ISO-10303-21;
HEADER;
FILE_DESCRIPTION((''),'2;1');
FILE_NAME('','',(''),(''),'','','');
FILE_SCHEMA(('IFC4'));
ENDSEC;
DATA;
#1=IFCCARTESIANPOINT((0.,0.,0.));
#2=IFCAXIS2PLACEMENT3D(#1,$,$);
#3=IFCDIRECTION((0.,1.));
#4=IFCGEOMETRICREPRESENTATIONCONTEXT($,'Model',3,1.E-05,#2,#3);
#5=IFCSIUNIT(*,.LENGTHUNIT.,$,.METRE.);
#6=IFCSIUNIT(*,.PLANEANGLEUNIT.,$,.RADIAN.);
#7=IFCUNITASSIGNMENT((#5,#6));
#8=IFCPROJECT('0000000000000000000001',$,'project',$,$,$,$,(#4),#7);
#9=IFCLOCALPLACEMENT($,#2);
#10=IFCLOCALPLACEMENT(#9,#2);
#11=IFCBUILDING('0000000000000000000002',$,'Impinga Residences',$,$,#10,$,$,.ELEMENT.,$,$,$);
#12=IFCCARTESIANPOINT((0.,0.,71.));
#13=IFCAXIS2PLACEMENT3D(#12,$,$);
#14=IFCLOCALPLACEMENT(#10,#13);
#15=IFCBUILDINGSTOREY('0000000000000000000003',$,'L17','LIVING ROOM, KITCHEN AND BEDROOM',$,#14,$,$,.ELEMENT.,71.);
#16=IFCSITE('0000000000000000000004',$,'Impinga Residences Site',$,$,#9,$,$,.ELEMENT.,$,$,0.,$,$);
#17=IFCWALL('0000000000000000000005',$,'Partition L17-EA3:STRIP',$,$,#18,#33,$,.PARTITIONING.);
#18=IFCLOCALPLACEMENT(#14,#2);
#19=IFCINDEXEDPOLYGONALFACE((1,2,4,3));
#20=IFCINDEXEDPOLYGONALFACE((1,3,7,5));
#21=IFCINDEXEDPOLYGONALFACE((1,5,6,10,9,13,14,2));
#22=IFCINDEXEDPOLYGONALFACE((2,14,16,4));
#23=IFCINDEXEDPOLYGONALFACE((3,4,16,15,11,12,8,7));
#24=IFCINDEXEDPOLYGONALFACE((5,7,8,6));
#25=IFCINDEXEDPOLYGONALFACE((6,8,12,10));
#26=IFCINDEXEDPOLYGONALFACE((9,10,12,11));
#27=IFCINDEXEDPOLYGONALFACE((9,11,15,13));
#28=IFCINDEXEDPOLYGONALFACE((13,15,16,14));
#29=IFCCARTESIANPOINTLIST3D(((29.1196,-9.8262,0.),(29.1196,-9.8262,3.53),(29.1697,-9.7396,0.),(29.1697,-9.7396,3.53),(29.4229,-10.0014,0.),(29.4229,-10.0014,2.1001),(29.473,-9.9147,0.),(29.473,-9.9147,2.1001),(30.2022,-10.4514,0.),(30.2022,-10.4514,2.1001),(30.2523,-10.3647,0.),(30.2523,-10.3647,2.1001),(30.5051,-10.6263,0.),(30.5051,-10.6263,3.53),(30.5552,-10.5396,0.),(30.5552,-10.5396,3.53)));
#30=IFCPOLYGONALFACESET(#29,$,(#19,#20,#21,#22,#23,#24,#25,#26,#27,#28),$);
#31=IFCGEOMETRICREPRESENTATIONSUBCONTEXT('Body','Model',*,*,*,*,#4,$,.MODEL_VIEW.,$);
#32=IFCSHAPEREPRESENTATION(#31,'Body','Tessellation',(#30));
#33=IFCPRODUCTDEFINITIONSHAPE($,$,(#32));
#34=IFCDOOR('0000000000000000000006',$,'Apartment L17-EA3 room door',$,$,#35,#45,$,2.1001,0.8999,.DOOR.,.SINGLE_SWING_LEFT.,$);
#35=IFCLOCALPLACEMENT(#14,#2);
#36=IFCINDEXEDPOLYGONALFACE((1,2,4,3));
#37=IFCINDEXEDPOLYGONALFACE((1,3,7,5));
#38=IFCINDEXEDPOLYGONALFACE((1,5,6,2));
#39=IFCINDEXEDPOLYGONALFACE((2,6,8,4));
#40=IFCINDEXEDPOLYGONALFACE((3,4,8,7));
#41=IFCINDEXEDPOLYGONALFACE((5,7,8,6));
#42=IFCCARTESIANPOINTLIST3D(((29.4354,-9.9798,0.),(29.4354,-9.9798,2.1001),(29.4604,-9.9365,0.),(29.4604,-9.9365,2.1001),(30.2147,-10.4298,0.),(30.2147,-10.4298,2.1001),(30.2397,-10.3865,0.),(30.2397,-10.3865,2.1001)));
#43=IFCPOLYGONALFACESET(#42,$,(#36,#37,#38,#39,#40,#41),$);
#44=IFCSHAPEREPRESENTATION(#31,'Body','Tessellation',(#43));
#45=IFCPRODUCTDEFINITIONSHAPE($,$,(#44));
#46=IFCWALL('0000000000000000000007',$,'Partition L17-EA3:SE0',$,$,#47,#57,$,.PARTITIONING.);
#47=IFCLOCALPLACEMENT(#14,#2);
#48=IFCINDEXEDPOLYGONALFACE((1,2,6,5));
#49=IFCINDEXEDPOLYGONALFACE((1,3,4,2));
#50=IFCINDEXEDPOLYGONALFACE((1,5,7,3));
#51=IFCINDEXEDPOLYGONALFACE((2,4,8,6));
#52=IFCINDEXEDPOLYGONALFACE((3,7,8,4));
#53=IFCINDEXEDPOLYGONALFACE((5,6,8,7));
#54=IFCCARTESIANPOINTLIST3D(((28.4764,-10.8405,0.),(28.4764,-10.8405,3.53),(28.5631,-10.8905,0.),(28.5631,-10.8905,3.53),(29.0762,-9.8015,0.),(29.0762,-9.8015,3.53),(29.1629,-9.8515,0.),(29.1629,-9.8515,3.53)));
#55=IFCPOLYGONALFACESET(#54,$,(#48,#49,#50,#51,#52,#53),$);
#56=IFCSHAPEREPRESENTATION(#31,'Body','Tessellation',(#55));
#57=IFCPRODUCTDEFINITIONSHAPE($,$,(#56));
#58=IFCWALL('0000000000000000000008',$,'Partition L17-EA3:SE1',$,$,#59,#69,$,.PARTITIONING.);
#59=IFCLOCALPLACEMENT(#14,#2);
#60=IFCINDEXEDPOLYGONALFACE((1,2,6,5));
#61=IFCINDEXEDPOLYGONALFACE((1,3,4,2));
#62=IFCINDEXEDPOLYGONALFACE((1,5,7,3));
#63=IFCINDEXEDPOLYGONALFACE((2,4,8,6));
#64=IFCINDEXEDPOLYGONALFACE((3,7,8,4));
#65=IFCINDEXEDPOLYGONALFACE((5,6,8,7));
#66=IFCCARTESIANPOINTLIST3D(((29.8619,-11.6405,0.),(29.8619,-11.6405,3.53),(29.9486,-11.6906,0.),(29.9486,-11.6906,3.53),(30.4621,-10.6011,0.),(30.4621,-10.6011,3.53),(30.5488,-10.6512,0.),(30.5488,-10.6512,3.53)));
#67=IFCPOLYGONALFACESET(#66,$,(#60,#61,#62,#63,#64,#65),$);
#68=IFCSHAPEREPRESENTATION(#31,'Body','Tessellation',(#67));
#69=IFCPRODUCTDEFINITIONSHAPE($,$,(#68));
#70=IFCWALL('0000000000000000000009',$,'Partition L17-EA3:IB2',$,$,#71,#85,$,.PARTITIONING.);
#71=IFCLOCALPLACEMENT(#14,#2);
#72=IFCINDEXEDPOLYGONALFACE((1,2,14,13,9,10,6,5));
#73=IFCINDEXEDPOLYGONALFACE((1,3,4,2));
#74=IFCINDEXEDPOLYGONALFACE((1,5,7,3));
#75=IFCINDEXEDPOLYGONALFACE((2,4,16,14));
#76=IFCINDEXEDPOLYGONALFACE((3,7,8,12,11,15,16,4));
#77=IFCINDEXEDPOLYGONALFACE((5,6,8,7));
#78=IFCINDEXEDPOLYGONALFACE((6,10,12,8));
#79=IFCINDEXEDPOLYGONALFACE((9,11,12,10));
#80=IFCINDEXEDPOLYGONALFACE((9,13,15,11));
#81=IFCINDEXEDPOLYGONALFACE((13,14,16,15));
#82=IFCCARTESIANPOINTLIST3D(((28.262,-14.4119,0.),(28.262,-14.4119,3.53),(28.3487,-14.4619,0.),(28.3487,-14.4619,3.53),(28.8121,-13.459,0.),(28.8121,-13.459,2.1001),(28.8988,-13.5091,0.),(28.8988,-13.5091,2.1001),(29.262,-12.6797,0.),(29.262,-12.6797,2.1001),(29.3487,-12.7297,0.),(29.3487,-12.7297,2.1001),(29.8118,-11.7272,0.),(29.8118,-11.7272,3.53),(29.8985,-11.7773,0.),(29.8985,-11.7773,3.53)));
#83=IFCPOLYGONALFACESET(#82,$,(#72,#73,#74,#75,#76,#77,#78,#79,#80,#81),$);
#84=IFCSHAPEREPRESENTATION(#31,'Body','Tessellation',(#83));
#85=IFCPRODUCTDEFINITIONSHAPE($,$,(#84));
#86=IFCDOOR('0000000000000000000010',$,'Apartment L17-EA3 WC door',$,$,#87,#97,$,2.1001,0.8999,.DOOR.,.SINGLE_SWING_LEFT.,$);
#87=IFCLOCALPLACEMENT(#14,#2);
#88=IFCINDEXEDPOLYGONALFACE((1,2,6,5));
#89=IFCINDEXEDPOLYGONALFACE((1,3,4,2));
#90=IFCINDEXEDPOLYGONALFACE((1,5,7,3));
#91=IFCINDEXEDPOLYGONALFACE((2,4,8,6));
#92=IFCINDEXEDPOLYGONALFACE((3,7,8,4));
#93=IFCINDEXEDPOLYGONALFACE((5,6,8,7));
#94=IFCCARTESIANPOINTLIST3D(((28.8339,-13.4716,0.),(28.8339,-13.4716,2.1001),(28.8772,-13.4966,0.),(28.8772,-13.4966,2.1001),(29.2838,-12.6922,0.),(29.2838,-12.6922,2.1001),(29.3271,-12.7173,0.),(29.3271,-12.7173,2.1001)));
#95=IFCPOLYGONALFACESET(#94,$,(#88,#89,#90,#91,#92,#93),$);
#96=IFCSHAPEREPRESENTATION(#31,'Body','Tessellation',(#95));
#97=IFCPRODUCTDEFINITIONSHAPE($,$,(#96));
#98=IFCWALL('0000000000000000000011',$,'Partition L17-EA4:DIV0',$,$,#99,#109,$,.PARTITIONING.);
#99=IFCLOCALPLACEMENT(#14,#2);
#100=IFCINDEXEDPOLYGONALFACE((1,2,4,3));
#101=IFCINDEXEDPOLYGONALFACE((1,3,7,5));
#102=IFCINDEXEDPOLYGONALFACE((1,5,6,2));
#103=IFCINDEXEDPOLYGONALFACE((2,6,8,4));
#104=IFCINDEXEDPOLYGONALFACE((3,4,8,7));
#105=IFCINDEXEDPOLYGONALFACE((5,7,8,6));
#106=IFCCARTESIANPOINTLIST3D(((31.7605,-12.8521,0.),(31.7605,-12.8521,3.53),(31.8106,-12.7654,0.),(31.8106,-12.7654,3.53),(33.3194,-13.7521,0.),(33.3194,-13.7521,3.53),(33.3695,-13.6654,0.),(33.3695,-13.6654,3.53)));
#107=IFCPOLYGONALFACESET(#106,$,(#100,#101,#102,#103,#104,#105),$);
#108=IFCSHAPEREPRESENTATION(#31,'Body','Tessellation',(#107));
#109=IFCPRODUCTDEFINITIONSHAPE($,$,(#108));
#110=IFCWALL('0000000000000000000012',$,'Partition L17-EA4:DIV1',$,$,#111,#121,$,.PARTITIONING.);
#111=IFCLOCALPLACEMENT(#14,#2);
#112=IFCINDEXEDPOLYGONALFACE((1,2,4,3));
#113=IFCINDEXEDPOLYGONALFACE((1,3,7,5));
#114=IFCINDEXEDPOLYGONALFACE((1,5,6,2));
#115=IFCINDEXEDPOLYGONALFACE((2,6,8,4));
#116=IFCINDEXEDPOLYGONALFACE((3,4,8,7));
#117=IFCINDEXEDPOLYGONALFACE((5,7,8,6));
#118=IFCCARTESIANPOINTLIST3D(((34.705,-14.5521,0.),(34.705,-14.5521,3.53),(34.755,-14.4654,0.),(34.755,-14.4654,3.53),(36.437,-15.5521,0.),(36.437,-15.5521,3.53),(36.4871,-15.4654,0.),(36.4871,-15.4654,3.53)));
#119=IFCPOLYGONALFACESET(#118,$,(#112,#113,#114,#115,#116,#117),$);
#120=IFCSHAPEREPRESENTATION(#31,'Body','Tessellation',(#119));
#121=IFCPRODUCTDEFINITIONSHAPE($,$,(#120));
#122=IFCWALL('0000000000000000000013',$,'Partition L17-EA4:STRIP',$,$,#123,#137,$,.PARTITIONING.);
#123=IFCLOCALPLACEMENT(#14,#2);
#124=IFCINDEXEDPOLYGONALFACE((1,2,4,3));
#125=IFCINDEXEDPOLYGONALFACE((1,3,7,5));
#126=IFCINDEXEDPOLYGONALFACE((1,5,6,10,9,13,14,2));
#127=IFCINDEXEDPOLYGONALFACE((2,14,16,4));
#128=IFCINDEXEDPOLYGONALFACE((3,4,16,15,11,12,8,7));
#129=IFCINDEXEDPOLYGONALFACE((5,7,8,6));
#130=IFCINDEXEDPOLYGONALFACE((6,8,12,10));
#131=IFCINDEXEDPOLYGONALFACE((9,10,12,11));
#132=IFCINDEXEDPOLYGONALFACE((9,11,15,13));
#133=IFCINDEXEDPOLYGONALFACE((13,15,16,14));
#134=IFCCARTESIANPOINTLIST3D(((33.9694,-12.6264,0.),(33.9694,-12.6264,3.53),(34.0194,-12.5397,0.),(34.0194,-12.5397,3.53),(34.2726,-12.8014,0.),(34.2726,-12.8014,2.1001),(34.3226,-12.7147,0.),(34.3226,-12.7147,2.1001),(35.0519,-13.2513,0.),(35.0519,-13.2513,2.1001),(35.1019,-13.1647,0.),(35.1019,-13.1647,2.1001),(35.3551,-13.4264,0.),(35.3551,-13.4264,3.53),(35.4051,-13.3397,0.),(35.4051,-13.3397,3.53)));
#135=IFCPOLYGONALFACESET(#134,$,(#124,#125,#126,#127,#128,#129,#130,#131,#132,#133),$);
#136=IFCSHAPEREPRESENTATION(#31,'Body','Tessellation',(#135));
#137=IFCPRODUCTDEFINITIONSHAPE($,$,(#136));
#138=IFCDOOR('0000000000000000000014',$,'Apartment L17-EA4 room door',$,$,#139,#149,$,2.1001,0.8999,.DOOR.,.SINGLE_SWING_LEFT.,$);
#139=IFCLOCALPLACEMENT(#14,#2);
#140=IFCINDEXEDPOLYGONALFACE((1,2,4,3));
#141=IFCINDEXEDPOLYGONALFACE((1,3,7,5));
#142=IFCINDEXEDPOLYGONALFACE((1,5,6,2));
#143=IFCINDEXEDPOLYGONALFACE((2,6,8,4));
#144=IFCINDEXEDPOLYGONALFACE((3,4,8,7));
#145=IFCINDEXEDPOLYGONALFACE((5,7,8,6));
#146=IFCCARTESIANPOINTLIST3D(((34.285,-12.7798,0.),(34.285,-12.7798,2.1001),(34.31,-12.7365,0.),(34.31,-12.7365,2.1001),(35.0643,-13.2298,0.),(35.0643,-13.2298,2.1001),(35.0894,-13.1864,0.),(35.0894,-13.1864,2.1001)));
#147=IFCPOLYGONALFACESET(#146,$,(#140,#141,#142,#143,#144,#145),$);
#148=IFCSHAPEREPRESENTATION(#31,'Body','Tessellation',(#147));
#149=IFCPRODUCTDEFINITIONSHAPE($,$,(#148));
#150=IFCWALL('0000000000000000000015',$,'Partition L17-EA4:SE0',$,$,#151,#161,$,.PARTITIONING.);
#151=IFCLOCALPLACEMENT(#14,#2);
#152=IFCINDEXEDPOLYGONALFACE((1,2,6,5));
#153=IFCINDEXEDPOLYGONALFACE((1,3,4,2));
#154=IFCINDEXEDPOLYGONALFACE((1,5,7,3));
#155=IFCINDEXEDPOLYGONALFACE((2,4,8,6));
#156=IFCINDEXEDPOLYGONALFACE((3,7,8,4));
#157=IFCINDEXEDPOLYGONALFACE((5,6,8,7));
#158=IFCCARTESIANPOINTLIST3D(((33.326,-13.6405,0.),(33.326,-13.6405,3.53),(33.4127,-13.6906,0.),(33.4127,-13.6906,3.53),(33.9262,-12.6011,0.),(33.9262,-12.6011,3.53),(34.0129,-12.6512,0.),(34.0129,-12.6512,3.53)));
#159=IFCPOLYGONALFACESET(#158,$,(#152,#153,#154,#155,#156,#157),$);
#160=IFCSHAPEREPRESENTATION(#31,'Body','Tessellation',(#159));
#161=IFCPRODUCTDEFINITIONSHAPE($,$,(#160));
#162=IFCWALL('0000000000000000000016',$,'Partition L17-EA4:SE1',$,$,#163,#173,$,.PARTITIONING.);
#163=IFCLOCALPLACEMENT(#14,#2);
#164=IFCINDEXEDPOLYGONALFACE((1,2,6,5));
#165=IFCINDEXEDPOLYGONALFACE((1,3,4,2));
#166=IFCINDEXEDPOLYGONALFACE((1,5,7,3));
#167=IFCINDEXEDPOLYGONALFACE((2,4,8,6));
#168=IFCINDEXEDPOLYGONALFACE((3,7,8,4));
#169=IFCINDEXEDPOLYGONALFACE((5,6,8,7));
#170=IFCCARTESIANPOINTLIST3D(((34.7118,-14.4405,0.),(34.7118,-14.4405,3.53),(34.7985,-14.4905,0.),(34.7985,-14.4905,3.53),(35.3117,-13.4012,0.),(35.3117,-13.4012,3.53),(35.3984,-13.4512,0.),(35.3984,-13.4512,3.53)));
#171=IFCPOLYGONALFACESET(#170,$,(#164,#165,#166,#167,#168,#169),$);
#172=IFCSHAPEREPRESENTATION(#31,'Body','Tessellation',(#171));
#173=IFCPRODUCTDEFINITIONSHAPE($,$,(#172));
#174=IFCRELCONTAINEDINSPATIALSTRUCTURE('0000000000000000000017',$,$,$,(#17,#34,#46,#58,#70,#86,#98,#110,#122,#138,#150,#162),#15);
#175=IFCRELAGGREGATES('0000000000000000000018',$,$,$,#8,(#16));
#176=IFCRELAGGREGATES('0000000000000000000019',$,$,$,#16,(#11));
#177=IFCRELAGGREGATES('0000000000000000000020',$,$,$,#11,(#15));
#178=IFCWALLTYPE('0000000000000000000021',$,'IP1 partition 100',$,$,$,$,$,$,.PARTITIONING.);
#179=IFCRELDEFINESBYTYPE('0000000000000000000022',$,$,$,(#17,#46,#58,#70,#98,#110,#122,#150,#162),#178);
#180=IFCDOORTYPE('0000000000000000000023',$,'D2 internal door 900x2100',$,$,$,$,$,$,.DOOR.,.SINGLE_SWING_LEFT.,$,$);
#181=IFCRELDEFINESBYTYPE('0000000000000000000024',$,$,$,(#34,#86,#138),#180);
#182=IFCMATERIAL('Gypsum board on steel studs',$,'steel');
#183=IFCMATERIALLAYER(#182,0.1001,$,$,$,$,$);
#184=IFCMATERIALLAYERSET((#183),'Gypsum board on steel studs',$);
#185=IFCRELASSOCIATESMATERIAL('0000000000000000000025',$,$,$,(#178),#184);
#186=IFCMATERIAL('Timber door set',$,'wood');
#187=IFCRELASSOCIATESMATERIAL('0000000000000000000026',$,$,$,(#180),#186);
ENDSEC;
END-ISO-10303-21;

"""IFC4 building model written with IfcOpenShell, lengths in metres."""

from ifc_helpers import new_model, si_unit, direction, frame, frame_2d, origin, place, context, subcontext, project, spatial, rectangle, extrude, material, layer, layer_set, type_object, element, fill, save


model = new_model("IFC4")

# Units and contexts
model_context = context("Model", 3, precision=1e-05, world=origin(), true_north=direction((0.0, 1.0)))
body_context = subcontext(model_context, "Body", "Model", "MODEL_VIEW")
ifc_project = project(units=[si_unit("LENGTHUNIT", "METRE"), si_unit("PLANEANGLEUNIT", "RADIAN")], contexts=[model_context])

# Site, building, storey
site_placement = place(None, origin())
site = spatial("IfcSite", under=ifc_project, at=site_placement, Name="Impinga Residences Site", CompositionType="ELEMENT", RefElevation=0.0)
building_placement = place(site_placement, origin())
building = spatial("IfcBuilding", under=site, at=building_placement, Name="Impinga Residences", CompositionType="ELEMENT")
storey_placement = place(building_placement, frame((0.0, 0.0, 71.0)))
storey = spatial("IfcBuildingStorey", under=building, at=storey_placement, Name="L17", Description="LIVING ROOM, KITCHEN AND BEDROOM", CompositionType="ELEMENT", Elevation=71.0)

# Shared definitions
ifc_material_1 = material(Name="Gypsum board on steel studs", Category="steel")
ifc_layer_1 = layer(ifc_material_1, 0.1001)
ifc_layer_set_1 = layer_set([ifc_layer_1], Name="Gypsum board on steel studs")
wall_type_1 = type_object("IfcWallType", Name="IP1 partition 100", PredefinedType="PARTITIONING", material=ifc_layer_set_1)

# Wall, opening, door
wall_1_placement = place(storey_placement, frame((29.1448, -9.783, 0.0), z_axis=(0.0, 0.0, 1.0), x_axis=(0.86599, -0.500061, 0.0)))
wall_1 = element("IfcWall", 1, at=wall_1_placement, inside=storey, type_object=wall_type_1, Name="Partition L17-EA3:STRIP", PredefinedType="PARTITIONING", context=body_context, shape_type="SweptSolid", body=[
    extrude(rectangle(XDim=1.5999, YDim=0.1001, at=frame_2d((0.7998, 0.0))), origin(), (0.0, 0.0, 1.0), 3.53),
])
opening_1_placement = place(wall_1_placement, frame((0.3501, 0.0, 0.0)))
opening_1 = element("IfcOpeningElement", 2, at=opening_1_placement, cuts=wall_1, PredefinedType="OPENING", context=body_context, shape_type="SweptSolid", body=[
    extrude(rectangle(XDim=0.8999, YDim=2.1001, at=frame_2d((0.45, 1.05))), frame((0.0, 0.0601, 0.0), z_axis=(0.0, -1.0, 0.0), x_axis=(1.0, 0.0, 0.0)), (0.0, 0.0, 1.0), 0.1201),
])
ifc_material_2 = material(Name="Timber door set", Category="wood")
door_type = type_object("IfcDoorType", Name="D2 internal door 900x2100", OperationType="SINGLE_SWING_LEFT", PredefinedType="DOOR", material=ifc_material_2)
door_1_placement = place(opening_1_placement, origin())
door_1 = element("IfcDoor", 3, at=door_1_placement, inside=storey, type_object=door_type, Name="Apartment L17-EA3 room door", OperationType="SINGLE_SWING_LEFT", OverallHeight=2.1001, OverallWidth=0.8999, PredefinedType="DOOR", context=body_context, shape_type="SweptSolid", body=[
    extrude(rectangle(XDim=0.8999, YDim=2.1001, at=frame_2d((0.45, 1.05))), frame((0.0, 0.0249, 0.0), z_axis=(0.0, -1.0, 0.0), x_axis=(1.0, 0.0, 0.0)), (0.0, 0.0, 1.0), 0.05),
])
fill(opening_1, door_1)

# Walls
wall_2_placement = place(storey_placement, frame((28.5198, -10.8655, 0.0), z_axis=(0.0, 0.0, 1.0), x_axis=(0.499969, 0.866043, 0.0)))
element("IfcWall", 4, at=wall_2_placement, inside=storey, type_object=wall_type_1, Name="Partition L17-EA3:SE0", PredefinedType="PARTITIONING", context=body_context, shape_type="SweptSolid", body=[
    extrude(rectangle(XDim=1.1997, YDim=0.1001, at=frame_2d((0.5999, 0.0))), origin(), (0.0, 0.0, 1.0), 3.53),
])
wall_3_placement = place(storey_placement, frame((29.9053, -11.6655, 0.0), z_axis=(0.0, 0.0, 1.0), x_axis=(0.500034, 0.866006, 0.0)))
element("IfcWall", 5, at=wall_3_placement, inside=storey, type_object=wall_type_1, Name="Partition L17-EA3:SE1", PredefinedType="PARTITIONING", context=body_context, shape_type="SweptSolid", body=[
    extrude(rectangle(XDim=1.2002, YDim=0.1001, at=frame_2d((0.6001, 0.0))), origin(), (0.0, 0.0, 1.0), 3.53),
])

# Wall, opening, door
wall_4_placement = place(storey_placement, frame((28.3054, -14.4368, 0.0), z_axis=(0.0, 0.0, 1.0), x_axis=(0.499968, 0.866044, 0.0)))
wall_4 = element("IfcWall", 6, at=wall_4_placement, inside=storey, type_object=wall_type_1, Name="Partition L17-EA3:IB2", PredefinedType="PARTITIONING", context=body_context, shape_type="SweptSolid", body=[
    extrude(rectangle(XDim=3.0999, YDim=0.1001, at=frame_2d((1.5498, 0.0))), origin(), (0.0, 0.0, 1.0), 3.53),
])
opening_2_placement = place(wall_4_placement, frame((1.1001, 0.0, 0.0)))
opening_2 = element("IfcOpeningElement", 7, at=opening_2_placement, cuts=wall_4, PredefinedType="OPENING", context=body_context, shape_type="SweptSolid", body=[
    extrude(rectangle(XDim=0.8999, YDim=2.1001, at=frame_2d((0.45, 1.05))), frame((0.0, 0.0601, 0.0), z_axis=(0.0, -1.0, 0.0), x_axis=(1.0, 0.0, 0.0)), (0.0, 0.0, 1.0), 0.1201),
])
door_2_placement = place(opening_2_placement, origin())
door_2 = element("IfcDoor", 8, at=door_2_placement, inside=storey, type_object=door_type, Name="Apartment L17-EA3 WC door", OperationType="SINGLE_SWING_LEFT", OverallHeight=2.1001, OverallWidth=0.8999, PredefinedType="DOOR", context=body_context, shape_type="SweptSolid", body=[
    extrude(rectangle(XDim=0.8999, YDim=2.1001, at=frame_2d((0.45, 1.05))), frame((0.0, 0.0249, 0.0), z_axis=(0.0, -1.0, 0.0), x_axis=(1.0, 0.0, 0.0)), (0.0, 0.0, 1.0), 0.05),
])
fill(opening_2, door_2)

# Walls
wall_5_placement = place(storey_placement, frame((31.7856, -12.8088, 0.0), z_axis=(0.0, 0.0, 1.0), x_axis=(0.866048, -0.499961, 0.0)))
element("IfcWall", 9, at=wall_5_placement, inside=storey, type_object=wall_type_1, Name="Partition L17-EA4:DIV0", PredefinedType="PARTITIONING", context=body_context, shape_type="SweptSolid", body=[
    extrude(rectangle(XDim=1.8, YDim=0.1001, at=frame_2d((0.8999, 0.0))), origin(), (0.0, 0.0, 1.0), 3.53),
])
wall_6_placement = place(storey_placement, frame((34.73, -14.5088, 0.0), z_axis=(0.0, 0.0, 1.0), x_axis=(0.866041, -0.499973, 0.0)))
element("IfcWall", 10, at=wall_6_placement, inside=storey, type_object=wall_type_1, Name="Partition L17-EA4:DIV1", PredefinedType="PARTITIONING", context=body_context, shape_type="SweptSolid", body=[
    extrude(rectangle(XDim=2.0, YDim=0.1001, at=frame_2d((1.0, 0.0))), origin(), (0.0, 0.0, 1.0), 3.53),
])

# Wall, opening, door
wall_7_placement = place(storey_placement, frame((33.9944, -12.583, 0.0), z_axis=(0.0, 0.0, 1.0), x_axis=(0.866028, -0.499995, 0.0)))
wall_7 = element("IfcWall", 11, at=wall_7_placement, inside=storey, type_object=wall_type_1, Name="Partition L17-EA4:STRIP", PredefinedType="PARTITIONING", context=body_context, shape_type="SweptSolid", body=[
    extrude(rectangle(XDim=1.6001, YDim=0.1001, at=frame_2d((0.8, 0.0))), origin(), (0.0, 0.0, 1.0), 3.53),
])
opening_3_placement = place(wall_7_placement, frame((0.3501, 0.0, 0.0)))
opening_3 = element("IfcOpeningElement", 12, at=opening_3_placement, cuts=wall_7, PredefinedType="OPENING", context=body_context, shape_type="SweptSolid", body=[
    extrude(rectangle(XDim=0.8999, YDim=2.1001, at=frame_2d((0.45, 1.05))), frame((0.0, 0.0601, 0.0), z_axis=(0.0, -1.0, 0.0), x_axis=(1.0, 0.0, 0.0)), (0.0, 0.0, 1.0), 0.1201),
])
door_3_placement = place(opening_3_placement, origin())
door_3 = element("IfcDoor", 13, at=door_3_placement, inside=storey, type_object=door_type, Name="Apartment L17-EA4 room door", OperationType="SINGLE_SWING_LEFT", OverallHeight=2.1001, OverallWidth=0.8999, PredefinedType="DOOR", context=body_context, shape_type="SweptSolid", body=[
    extrude(rectangle(XDim=0.8999, YDim=2.1001, at=frame_2d((0.45, 1.05))), frame((0.0, 0.0249, 0.0), z_axis=(0.0, -1.0, 0.0), x_axis=(1.0, 0.0, 0.0)), (0.0, 0.0, 1.0), 0.05),
])
fill(opening_3, door_3)

# Walls
wall_8_placement = place(storey_placement, frame((33.3694, -13.6655, 0.0), z_axis=(0.0, 0.0, 1.0), x_axis=(0.500034, 0.866006, 0.0)))
element("IfcWall", 14, at=wall_8_placement, inside=storey, type_object=wall_type_1, Name="Partition L17-EA4:SE0", PredefinedType="PARTITIONING", context=body_context, shape_type="SweptSolid", body=[
    extrude(rectangle(XDim=1.2002, YDim=0.1001, at=frame_2d((0.6001, 0.0))), origin(), (0.0, 0.0, 1.0), 3.53),
])
wall_9_placement = place(storey_placement, frame((34.7551, -14.4656, 0.0), z_axis=(0.0, 0.0, 1.0), x_axis=(0.499881, 0.866094, 0.0)))
element("IfcWall", 15, at=wall_9_placement, inside=storey, type_object=wall_type_1, Name="Partition L17-EA4:SE1", PredefinedType="PARTITIONING", context=body_context, shape_type="SweptSolid", body=[
    extrude(rectangle(XDim=1.2, YDim=0.1001, at=frame_2d((0.6001, 0.0))), origin(), (0.0, 0.0, 1.0), 3.53),
])

save(model, "model.ifc")
